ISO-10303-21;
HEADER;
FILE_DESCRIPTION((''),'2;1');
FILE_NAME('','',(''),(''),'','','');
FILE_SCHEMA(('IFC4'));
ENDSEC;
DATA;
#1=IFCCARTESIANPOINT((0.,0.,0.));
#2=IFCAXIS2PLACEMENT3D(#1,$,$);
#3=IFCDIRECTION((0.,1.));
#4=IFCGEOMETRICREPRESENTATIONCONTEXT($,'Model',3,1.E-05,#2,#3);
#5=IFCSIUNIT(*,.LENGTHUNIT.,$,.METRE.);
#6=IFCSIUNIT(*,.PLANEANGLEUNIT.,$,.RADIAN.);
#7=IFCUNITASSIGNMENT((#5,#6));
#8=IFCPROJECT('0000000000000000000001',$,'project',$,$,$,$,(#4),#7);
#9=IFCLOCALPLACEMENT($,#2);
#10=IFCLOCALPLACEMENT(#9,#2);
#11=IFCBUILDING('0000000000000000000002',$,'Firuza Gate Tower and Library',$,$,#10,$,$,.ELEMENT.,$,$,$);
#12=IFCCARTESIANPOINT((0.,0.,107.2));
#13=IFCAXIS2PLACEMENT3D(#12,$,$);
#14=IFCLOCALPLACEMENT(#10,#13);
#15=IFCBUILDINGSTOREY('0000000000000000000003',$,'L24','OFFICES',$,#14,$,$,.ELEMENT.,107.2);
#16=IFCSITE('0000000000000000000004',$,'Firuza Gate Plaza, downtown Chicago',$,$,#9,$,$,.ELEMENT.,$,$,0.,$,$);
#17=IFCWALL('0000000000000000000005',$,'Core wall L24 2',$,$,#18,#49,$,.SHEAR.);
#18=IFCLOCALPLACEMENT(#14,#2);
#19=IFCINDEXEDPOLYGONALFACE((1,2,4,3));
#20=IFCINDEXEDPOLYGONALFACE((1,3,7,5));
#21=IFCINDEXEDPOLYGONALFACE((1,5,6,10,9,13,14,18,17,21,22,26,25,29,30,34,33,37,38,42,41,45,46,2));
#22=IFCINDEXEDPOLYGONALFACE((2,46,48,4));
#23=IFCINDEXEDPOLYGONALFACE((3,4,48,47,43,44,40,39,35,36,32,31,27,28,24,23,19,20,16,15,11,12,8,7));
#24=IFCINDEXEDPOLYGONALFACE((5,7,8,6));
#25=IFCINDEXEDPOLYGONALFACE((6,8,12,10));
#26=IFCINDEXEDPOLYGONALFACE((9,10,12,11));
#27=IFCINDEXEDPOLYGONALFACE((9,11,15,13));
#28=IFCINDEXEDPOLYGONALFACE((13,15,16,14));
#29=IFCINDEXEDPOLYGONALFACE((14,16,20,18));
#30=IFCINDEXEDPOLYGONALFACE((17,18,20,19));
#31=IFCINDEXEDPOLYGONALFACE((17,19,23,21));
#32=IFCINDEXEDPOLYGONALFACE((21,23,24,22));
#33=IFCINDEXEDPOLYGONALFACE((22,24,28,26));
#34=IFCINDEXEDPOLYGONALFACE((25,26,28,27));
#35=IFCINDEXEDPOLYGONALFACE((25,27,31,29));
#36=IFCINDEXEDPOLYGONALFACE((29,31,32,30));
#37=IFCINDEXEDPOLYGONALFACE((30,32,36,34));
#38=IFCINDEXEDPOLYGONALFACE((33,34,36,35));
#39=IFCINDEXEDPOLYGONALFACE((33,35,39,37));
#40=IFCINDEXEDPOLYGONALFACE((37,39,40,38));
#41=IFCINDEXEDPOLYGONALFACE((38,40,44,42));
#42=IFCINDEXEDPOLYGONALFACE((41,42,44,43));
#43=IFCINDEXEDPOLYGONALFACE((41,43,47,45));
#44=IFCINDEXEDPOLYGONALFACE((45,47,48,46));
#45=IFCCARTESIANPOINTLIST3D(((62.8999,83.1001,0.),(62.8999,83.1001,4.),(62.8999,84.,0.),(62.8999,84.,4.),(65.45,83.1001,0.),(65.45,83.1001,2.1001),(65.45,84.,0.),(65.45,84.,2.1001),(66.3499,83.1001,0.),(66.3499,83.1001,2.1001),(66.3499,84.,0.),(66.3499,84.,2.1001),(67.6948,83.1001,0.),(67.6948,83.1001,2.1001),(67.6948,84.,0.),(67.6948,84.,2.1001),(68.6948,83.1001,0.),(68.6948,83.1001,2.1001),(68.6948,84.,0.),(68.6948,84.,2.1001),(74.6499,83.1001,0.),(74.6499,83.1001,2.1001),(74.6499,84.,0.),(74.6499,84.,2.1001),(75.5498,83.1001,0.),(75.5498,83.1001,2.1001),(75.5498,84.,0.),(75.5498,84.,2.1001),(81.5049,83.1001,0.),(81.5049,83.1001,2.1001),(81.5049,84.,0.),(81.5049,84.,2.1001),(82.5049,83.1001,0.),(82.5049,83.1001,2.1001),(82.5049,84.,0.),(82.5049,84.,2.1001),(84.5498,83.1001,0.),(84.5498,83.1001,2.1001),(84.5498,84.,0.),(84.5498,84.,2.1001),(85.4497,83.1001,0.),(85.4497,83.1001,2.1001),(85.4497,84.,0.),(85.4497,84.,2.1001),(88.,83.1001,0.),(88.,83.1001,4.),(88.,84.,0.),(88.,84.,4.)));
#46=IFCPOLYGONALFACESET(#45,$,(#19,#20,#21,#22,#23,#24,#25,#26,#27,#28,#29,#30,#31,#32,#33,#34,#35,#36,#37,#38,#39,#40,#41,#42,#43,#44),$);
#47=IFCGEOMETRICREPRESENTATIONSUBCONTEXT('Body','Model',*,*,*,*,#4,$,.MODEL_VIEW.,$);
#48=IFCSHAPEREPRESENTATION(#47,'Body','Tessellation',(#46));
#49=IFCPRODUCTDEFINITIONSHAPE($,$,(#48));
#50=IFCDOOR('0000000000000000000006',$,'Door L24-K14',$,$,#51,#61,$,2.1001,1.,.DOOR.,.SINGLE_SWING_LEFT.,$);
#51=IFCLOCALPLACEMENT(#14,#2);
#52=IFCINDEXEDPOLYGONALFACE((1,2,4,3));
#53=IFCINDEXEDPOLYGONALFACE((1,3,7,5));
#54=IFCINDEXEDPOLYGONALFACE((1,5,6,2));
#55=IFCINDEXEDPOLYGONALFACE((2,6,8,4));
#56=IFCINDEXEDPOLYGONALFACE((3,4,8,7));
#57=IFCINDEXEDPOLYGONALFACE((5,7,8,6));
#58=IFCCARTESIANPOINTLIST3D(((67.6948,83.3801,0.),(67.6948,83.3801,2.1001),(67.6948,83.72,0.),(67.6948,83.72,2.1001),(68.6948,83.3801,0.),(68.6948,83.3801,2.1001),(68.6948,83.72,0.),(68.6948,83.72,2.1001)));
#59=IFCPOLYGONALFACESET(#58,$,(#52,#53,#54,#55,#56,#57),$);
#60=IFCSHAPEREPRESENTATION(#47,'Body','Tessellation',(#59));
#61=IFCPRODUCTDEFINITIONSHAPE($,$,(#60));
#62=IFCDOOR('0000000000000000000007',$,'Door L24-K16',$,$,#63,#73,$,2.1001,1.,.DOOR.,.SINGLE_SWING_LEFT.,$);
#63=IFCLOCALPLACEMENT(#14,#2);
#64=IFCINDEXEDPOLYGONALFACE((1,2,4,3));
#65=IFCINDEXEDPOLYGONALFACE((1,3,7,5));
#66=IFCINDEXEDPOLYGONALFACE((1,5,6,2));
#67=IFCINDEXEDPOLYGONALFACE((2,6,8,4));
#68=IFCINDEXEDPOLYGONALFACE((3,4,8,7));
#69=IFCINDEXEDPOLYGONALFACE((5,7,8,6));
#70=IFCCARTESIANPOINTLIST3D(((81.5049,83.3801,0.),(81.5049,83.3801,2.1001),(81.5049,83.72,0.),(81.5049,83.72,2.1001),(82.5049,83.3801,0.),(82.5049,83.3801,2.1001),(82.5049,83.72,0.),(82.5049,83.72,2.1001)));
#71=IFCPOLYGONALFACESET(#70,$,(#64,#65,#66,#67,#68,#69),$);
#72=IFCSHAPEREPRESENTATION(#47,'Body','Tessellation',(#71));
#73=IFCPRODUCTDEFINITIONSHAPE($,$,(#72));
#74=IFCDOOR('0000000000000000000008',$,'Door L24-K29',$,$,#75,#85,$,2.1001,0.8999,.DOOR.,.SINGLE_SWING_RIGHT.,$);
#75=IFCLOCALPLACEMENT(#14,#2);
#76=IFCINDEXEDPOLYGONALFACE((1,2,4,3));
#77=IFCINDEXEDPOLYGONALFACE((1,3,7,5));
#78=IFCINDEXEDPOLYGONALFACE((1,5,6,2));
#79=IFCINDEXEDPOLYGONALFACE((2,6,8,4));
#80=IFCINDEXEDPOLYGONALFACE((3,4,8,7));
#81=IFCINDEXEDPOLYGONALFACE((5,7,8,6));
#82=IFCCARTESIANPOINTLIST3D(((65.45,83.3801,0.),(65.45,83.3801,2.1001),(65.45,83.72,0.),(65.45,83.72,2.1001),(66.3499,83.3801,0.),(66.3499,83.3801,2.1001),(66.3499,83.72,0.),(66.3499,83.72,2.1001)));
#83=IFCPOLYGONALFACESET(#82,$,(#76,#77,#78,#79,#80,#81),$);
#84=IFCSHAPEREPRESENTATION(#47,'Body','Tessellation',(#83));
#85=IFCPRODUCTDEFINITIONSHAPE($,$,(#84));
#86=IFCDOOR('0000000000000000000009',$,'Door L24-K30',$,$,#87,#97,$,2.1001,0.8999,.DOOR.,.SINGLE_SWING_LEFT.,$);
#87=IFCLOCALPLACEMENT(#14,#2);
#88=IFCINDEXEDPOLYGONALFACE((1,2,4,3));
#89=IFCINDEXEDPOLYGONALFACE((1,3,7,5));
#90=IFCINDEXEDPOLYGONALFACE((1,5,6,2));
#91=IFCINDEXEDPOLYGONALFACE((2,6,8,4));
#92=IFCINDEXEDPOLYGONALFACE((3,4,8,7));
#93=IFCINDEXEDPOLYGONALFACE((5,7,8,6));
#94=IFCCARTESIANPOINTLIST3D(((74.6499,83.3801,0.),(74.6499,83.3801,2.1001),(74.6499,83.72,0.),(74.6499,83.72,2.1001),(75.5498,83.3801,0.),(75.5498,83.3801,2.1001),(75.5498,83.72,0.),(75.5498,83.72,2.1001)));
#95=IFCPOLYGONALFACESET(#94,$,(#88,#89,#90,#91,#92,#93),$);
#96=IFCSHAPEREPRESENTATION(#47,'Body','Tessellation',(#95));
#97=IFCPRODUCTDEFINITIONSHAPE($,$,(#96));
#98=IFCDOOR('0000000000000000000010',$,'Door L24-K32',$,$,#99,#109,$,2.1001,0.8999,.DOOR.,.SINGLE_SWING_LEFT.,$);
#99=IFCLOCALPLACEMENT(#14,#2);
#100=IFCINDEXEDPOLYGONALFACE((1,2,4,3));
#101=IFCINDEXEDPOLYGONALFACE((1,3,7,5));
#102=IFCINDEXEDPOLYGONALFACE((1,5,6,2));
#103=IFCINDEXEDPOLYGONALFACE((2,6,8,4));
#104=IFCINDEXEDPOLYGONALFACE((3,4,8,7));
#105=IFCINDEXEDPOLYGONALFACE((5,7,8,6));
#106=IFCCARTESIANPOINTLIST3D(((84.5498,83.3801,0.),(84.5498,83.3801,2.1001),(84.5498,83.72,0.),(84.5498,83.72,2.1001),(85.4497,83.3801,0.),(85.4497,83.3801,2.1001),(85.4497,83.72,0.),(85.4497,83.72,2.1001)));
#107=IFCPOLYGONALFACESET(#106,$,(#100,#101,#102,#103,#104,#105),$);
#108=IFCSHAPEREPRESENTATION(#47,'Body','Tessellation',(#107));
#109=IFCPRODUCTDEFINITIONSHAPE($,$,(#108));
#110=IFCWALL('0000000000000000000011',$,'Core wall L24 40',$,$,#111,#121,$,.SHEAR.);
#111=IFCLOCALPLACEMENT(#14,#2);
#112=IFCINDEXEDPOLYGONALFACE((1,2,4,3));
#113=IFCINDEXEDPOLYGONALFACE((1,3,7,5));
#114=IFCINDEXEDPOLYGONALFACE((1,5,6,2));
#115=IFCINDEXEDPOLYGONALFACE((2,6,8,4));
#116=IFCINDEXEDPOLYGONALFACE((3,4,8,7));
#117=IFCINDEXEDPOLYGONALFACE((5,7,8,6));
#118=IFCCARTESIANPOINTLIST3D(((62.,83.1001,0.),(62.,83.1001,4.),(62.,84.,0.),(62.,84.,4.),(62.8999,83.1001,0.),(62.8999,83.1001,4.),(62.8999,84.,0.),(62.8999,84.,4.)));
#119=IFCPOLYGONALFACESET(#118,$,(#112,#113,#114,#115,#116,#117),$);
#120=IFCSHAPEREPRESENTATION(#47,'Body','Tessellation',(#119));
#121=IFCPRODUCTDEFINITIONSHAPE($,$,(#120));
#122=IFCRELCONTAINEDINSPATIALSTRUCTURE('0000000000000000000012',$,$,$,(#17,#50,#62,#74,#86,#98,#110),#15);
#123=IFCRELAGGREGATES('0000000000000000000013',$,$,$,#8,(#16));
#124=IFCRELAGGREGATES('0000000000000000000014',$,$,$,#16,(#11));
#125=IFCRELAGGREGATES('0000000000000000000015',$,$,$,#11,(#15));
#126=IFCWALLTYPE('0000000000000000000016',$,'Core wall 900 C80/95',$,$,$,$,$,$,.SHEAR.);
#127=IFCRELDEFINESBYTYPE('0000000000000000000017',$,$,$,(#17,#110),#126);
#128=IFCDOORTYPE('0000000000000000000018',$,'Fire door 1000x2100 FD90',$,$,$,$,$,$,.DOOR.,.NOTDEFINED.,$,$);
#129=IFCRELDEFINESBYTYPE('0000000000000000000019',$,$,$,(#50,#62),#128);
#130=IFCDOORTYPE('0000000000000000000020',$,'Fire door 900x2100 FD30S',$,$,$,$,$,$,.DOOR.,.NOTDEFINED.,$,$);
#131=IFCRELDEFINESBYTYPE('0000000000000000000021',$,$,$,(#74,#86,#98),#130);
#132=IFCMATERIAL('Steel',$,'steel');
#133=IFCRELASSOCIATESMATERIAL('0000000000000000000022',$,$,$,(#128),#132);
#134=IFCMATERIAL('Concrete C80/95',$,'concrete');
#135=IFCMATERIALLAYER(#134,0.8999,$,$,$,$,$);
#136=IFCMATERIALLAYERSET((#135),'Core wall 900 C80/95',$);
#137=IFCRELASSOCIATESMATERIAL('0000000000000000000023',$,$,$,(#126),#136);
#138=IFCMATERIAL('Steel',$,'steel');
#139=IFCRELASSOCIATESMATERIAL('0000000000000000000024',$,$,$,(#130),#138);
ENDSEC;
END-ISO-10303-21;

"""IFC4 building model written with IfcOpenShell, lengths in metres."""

from ifc_helpers import new_model, si_unit, direction, frame, frame_2d, origin, place, context, subcontext, project, spatial, rectangle, extrude, material, layer, layer_set, type_object, element, fill, save


model = new_model("IFC4")

# Units and contexts
model_context = context("Model", 3, precision=1e-05, world=origin(), true_north=direction((0.0, 1.0)))
body_context = subcontext(model_context, "Body", "Model", "MODEL_VIEW")
ifc_project = project(units=[si_unit("LENGTHUNIT", "METRE"), si_unit("PLANEANGLEUNIT", "RADIAN")], contexts=[model_context])

# Site, building, storey
site_placement = place(None, origin())
site = spatial("IfcSite", under=ifc_project, at=site_placement, Name="Firuza Gate Plaza, downtown Chicago", CompositionType="ELEMENT", RefElevation=0.0)
building_placement = place(site_placement, origin())
building = spatial("IfcBuilding", under=site, at=building_placement, Name="Firuza Gate Tower and Library", CompositionType="ELEMENT")
storey_placement = place(building_placement, frame((0.0, 0.0, 107.2)))
storey = spatial("IfcBuildingStorey", under=building, at=storey_placement, Name="L24", Description="OFFICES", CompositionType="ELEMENT", Elevation=107.2)

# Shared definitions
ifc_material_1 = material(Name="Steel", Category="steel")
door_type_1 = type_object("IfcDoorType", Name="Fire door 1000x2100 FD90", OperationType="NOTDEFINED", PredefinedType="DOOR", material=ifc_material_1)

# Wall, openings, doors
ifc_material_2 = material(Name="Concrete C80/95", Category="concrete")
ifc_layer_1 = layer(ifc_material_2, 0.8999)
ifc_layer_set_1 = layer_set([ifc_layer_1], Name="Core wall 900 C80/95")
wall_type_1 = type_object("IfcWallType", Name="Core wall 900 C80/95", PredefinedType="SHEAR", material=ifc_layer_set_1)
wall_1_placement = place(storey_placement, frame((62.8999, 83.55, 0.0), z_axis=(0.0, 0.0, 1.0), x_axis=(1.0, 0.0, 0.0)))
wall_1 = element("IfcWall", 1, at=wall_1_placement, inside=storey, type_object=wall_type_1, Name="Core wall L24 2", PredefinedType="SHEAR", context=body_context, shape_type="SweptSolid", body=[
    extrude(rectangle(XDim=25.1001, YDim=0.8999, at=frame_2d((12.55, 0.0))), origin(), (0.0, 0.0, 1.0), 4.0),
])
opening_1_placement = place(wall_1_placement, frame((4.7949, 0.0, 0.0)))
opening_1 = element("IfcOpeningElement", 2, at=opening_1_placement, cuts=wall_1, PredefinedType="OPENING", context=body_context, shape_type="SweptSolid", body=[
    extrude(rectangle(XDim=1.0, YDim=2.1001, at=frame_2d((0.5, 1.05))), frame((0.0, 0.46, 0.0), z_axis=(0.0, -1.0, 0.0), x_axis=(1.0, 0.0, 0.0)), (0.0, 0.0, 1.0), 0.9199),
])
opening_2_placement = place(wall_1_placement, frame((18.605, 0.0, 0.0)))
opening_2 = element("IfcOpeningElement", 3, at=opening_2_placement, cuts=wall_1, PredefinedType="OPENING", context=body_context, shape_type="SweptSolid", body=[
    extrude(rectangle(XDim=1.0, YDim=2.1001, at=frame_2d((0.5, 1.05))), frame((0.0, 0.46, 0.0), z_axis=(0.0, -1.0, 0.0), x_axis=(1.0, 0.0, 0.0)), (0.0, 0.0, 1.0), 0.9199),
])
opening_3_placement = place(wall_1_placement, frame((2.55, 0.0, 0.0)))
opening_3 = element("IfcOpeningElement", 4, at=opening_3_placement, cuts=wall_1, PredefinedType="OPENING", context=body_context, shape_type="SweptSolid", body=[
    extrude(rectangle(XDim=0.8999, YDim=2.1001, at=frame_2d((0.45, 1.05))), frame((0.0, 0.46, 0.0), z_axis=(0.0, -1.0, 0.0), x_axis=(1.0, 0.0, 0.0)), (0.0, 0.0, 1.0), 0.9199),
])
opening_4_placement = place(wall_1_placement, frame((11.75, 0.0, 0.0)))
opening_4 = element("IfcOpeningElement", 5, at=opening_4_placement, cuts=wall_1, PredefinedType="OPENING", context=body_context, shape_type="SweptSolid", body=[
    extrude(rectangle(XDim=0.8999, YDim=2.1001, at=frame_2d((0.45, 1.05))), frame((0.0, 0.46, 0.0), z_axis=(0.0, -1.0, 0.0), x_axis=(1.0, 0.0, 0.0)), (0.0, 0.0, 1.0), 0.9199),
])
opening_5_placement = place(wall_1_placement, frame((21.6499, 0.0, 0.0)))
opening_5 = element("IfcOpeningElement", 6, at=opening_5_placement, cuts=wall_1, PredefinedType="OPENING", context=body_context, shape_type="SweptSolid", body=[
    extrude(rectangle(XDim=0.8999, YDim=2.1001, at=frame_2d((0.45, 1.05))), frame((0.0, 0.46, 0.0), z_axis=(0.0, -1.0, 0.0), x_axis=(1.0, 0.0, 0.0)), (0.0, 0.0, 1.0), 0.9199),
])
door_1_placement = place(opening_1_placement, origin())
door_1 = element("IfcDoor", 7, at=door_1_placement, inside=storey, type_object=door_type_1, Name="Door L24-K14", OperationType="SINGLE_SWING_LEFT", OverallHeight=2.1001, OverallWidth=1.0, PredefinedType="DOOR", context=body_context, shape_type="SweptSolid", body=[
    extrude(rectangle(XDim=1.0, YDim=2.1001, at=frame_2d((0.5, 1.05))), frame((0.0, 0.1699, 0.0), z_axis=(0.0, -1.0, 0.0), x_axis=(1.0, 0.0, 0.0)), (0.0, 0.0, 1.0), 0.3398),
])
fill(opening_1, door_1)
door_2_placement = place(opening_2_placement, origin())
door_2 = element("IfcDoor", 8, at=door_2_placement, inside=storey, type_object=door_type_1, Name="Door L24-K16", OperationType="SINGLE_SWING_LEFT", OverallHeight=2.1001, OverallWidth=1.0, PredefinedType="DOOR", context=body_context, shape_type="SweptSolid", body=[
    extrude(rectangle(XDim=1.0, YDim=2.1001, at=frame_2d((0.5, 1.05))), frame((0.0, 0.1699, 0.0), z_axis=(0.0, -1.0, 0.0), x_axis=(1.0, 0.0, 0.0)), (0.0, 0.0, 1.0), 0.3398),
])
fill(opening_2, door_2)
ifc_material_3 = material(Name="Steel", Category="steel")
door_type_2 = type_object("IfcDoorType", Name="Fire door 900x2100 FD30S", OperationType="NOTDEFINED", PredefinedType="DOOR", material=ifc_material_3)
door_3_placement = place(opening_3_placement, origin())
door_3 = element("IfcDoor", 9, at=door_3_placement, inside=storey, type_object=door_type_2, Name="Door L24-K29", OperationType="SINGLE_SWING_RIGHT", OverallHeight=2.1001, OverallWidth=0.8999, PredefinedType="DOOR", context=body_context, shape_type="SweptSolid", body=[
    extrude(rectangle(XDim=0.8999, YDim=2.1001, at=frame_2d((0.45, 1.05))), frame((0.0, 0.1699, 0.0), z_axis=(0.0, -1.0, 0.0), x_axis=(1.0, 0.0, 0.0)), (0.0, 0.0, 1.0), 0.3398),
])
fill(opening_3, door_3)
door_4_placement = place(opening_4_placement, origin())
door_4 = element("IfcDoor", 10, at=door_4_placement, inside=storey, type_object=door_type_2, Name="Door L24-K30", OperationType="SINGLE_SWING_LEFT", OverallHeight=2.1001, OverallWidth=0.8999, PredefinedType="DOOR", context=body_context, shape_type="SweptSolid", body=[
    extrude(rectangle(XDim=0.8999, YDim=2.1001, at=frame_2d((0.45, 1.05))), frame((0.0, 0.1699, 0.0), z_axis=(0.0, -1.0, 0.0), x_axis=(1.0, 0.0, 0.0)), (0.0, 0.0, 1.0), 0.3398),
])
fill(opening_4, door_4)
door_5_placement = place(opening_5_placement, origin())
door_5 = element("IfcDoor", 11, at=door_5_placement, inside=storey, type_object=door_type_2, Name="Door L24-K32", OperationType="SINGLE_SWING_LEFT", OverallHeight=2.1001, OverallWidth=0.8999, PredefinedType="DOOR", context=body_context, shape_type="SweptSolid", body=[
    extrude(rectangle(XDim=0.8999, YDim=2.1001, at=frame_2d((0.45, 1.05))), frame((0.0, 0.1699, 0.0), z_axis=(0.0, -1.0, 0.0), x_axis=(1.0, 0.0, 0.0)), (0.0, 0.0, 1.0), 0.3398),
])
fill(opening_5, door_5)

# Wall
wall_2_placement = place(storey_placement, frame((62.0, 83.55, 0.0), z_axis=(0.0, 0.0, 1.0), x_axis=(1.0, 0.0, 0.0)))
element("IfcWall", 12, at=wall_2_placement, inside=storey, type_object=wall_type_1, Name="Core wall L24 40", PredefinedType="SHEAR", context=body_context, shape_type="SweptSolid", body=[
    extrude(rectangle(XDim=0.8999, YDim=0.8999, at=frame_2d((0.45, 0.0))), origin(), (0.0, 0.0, 1.0), 4.0),
])

save(model, "model.ifc")
